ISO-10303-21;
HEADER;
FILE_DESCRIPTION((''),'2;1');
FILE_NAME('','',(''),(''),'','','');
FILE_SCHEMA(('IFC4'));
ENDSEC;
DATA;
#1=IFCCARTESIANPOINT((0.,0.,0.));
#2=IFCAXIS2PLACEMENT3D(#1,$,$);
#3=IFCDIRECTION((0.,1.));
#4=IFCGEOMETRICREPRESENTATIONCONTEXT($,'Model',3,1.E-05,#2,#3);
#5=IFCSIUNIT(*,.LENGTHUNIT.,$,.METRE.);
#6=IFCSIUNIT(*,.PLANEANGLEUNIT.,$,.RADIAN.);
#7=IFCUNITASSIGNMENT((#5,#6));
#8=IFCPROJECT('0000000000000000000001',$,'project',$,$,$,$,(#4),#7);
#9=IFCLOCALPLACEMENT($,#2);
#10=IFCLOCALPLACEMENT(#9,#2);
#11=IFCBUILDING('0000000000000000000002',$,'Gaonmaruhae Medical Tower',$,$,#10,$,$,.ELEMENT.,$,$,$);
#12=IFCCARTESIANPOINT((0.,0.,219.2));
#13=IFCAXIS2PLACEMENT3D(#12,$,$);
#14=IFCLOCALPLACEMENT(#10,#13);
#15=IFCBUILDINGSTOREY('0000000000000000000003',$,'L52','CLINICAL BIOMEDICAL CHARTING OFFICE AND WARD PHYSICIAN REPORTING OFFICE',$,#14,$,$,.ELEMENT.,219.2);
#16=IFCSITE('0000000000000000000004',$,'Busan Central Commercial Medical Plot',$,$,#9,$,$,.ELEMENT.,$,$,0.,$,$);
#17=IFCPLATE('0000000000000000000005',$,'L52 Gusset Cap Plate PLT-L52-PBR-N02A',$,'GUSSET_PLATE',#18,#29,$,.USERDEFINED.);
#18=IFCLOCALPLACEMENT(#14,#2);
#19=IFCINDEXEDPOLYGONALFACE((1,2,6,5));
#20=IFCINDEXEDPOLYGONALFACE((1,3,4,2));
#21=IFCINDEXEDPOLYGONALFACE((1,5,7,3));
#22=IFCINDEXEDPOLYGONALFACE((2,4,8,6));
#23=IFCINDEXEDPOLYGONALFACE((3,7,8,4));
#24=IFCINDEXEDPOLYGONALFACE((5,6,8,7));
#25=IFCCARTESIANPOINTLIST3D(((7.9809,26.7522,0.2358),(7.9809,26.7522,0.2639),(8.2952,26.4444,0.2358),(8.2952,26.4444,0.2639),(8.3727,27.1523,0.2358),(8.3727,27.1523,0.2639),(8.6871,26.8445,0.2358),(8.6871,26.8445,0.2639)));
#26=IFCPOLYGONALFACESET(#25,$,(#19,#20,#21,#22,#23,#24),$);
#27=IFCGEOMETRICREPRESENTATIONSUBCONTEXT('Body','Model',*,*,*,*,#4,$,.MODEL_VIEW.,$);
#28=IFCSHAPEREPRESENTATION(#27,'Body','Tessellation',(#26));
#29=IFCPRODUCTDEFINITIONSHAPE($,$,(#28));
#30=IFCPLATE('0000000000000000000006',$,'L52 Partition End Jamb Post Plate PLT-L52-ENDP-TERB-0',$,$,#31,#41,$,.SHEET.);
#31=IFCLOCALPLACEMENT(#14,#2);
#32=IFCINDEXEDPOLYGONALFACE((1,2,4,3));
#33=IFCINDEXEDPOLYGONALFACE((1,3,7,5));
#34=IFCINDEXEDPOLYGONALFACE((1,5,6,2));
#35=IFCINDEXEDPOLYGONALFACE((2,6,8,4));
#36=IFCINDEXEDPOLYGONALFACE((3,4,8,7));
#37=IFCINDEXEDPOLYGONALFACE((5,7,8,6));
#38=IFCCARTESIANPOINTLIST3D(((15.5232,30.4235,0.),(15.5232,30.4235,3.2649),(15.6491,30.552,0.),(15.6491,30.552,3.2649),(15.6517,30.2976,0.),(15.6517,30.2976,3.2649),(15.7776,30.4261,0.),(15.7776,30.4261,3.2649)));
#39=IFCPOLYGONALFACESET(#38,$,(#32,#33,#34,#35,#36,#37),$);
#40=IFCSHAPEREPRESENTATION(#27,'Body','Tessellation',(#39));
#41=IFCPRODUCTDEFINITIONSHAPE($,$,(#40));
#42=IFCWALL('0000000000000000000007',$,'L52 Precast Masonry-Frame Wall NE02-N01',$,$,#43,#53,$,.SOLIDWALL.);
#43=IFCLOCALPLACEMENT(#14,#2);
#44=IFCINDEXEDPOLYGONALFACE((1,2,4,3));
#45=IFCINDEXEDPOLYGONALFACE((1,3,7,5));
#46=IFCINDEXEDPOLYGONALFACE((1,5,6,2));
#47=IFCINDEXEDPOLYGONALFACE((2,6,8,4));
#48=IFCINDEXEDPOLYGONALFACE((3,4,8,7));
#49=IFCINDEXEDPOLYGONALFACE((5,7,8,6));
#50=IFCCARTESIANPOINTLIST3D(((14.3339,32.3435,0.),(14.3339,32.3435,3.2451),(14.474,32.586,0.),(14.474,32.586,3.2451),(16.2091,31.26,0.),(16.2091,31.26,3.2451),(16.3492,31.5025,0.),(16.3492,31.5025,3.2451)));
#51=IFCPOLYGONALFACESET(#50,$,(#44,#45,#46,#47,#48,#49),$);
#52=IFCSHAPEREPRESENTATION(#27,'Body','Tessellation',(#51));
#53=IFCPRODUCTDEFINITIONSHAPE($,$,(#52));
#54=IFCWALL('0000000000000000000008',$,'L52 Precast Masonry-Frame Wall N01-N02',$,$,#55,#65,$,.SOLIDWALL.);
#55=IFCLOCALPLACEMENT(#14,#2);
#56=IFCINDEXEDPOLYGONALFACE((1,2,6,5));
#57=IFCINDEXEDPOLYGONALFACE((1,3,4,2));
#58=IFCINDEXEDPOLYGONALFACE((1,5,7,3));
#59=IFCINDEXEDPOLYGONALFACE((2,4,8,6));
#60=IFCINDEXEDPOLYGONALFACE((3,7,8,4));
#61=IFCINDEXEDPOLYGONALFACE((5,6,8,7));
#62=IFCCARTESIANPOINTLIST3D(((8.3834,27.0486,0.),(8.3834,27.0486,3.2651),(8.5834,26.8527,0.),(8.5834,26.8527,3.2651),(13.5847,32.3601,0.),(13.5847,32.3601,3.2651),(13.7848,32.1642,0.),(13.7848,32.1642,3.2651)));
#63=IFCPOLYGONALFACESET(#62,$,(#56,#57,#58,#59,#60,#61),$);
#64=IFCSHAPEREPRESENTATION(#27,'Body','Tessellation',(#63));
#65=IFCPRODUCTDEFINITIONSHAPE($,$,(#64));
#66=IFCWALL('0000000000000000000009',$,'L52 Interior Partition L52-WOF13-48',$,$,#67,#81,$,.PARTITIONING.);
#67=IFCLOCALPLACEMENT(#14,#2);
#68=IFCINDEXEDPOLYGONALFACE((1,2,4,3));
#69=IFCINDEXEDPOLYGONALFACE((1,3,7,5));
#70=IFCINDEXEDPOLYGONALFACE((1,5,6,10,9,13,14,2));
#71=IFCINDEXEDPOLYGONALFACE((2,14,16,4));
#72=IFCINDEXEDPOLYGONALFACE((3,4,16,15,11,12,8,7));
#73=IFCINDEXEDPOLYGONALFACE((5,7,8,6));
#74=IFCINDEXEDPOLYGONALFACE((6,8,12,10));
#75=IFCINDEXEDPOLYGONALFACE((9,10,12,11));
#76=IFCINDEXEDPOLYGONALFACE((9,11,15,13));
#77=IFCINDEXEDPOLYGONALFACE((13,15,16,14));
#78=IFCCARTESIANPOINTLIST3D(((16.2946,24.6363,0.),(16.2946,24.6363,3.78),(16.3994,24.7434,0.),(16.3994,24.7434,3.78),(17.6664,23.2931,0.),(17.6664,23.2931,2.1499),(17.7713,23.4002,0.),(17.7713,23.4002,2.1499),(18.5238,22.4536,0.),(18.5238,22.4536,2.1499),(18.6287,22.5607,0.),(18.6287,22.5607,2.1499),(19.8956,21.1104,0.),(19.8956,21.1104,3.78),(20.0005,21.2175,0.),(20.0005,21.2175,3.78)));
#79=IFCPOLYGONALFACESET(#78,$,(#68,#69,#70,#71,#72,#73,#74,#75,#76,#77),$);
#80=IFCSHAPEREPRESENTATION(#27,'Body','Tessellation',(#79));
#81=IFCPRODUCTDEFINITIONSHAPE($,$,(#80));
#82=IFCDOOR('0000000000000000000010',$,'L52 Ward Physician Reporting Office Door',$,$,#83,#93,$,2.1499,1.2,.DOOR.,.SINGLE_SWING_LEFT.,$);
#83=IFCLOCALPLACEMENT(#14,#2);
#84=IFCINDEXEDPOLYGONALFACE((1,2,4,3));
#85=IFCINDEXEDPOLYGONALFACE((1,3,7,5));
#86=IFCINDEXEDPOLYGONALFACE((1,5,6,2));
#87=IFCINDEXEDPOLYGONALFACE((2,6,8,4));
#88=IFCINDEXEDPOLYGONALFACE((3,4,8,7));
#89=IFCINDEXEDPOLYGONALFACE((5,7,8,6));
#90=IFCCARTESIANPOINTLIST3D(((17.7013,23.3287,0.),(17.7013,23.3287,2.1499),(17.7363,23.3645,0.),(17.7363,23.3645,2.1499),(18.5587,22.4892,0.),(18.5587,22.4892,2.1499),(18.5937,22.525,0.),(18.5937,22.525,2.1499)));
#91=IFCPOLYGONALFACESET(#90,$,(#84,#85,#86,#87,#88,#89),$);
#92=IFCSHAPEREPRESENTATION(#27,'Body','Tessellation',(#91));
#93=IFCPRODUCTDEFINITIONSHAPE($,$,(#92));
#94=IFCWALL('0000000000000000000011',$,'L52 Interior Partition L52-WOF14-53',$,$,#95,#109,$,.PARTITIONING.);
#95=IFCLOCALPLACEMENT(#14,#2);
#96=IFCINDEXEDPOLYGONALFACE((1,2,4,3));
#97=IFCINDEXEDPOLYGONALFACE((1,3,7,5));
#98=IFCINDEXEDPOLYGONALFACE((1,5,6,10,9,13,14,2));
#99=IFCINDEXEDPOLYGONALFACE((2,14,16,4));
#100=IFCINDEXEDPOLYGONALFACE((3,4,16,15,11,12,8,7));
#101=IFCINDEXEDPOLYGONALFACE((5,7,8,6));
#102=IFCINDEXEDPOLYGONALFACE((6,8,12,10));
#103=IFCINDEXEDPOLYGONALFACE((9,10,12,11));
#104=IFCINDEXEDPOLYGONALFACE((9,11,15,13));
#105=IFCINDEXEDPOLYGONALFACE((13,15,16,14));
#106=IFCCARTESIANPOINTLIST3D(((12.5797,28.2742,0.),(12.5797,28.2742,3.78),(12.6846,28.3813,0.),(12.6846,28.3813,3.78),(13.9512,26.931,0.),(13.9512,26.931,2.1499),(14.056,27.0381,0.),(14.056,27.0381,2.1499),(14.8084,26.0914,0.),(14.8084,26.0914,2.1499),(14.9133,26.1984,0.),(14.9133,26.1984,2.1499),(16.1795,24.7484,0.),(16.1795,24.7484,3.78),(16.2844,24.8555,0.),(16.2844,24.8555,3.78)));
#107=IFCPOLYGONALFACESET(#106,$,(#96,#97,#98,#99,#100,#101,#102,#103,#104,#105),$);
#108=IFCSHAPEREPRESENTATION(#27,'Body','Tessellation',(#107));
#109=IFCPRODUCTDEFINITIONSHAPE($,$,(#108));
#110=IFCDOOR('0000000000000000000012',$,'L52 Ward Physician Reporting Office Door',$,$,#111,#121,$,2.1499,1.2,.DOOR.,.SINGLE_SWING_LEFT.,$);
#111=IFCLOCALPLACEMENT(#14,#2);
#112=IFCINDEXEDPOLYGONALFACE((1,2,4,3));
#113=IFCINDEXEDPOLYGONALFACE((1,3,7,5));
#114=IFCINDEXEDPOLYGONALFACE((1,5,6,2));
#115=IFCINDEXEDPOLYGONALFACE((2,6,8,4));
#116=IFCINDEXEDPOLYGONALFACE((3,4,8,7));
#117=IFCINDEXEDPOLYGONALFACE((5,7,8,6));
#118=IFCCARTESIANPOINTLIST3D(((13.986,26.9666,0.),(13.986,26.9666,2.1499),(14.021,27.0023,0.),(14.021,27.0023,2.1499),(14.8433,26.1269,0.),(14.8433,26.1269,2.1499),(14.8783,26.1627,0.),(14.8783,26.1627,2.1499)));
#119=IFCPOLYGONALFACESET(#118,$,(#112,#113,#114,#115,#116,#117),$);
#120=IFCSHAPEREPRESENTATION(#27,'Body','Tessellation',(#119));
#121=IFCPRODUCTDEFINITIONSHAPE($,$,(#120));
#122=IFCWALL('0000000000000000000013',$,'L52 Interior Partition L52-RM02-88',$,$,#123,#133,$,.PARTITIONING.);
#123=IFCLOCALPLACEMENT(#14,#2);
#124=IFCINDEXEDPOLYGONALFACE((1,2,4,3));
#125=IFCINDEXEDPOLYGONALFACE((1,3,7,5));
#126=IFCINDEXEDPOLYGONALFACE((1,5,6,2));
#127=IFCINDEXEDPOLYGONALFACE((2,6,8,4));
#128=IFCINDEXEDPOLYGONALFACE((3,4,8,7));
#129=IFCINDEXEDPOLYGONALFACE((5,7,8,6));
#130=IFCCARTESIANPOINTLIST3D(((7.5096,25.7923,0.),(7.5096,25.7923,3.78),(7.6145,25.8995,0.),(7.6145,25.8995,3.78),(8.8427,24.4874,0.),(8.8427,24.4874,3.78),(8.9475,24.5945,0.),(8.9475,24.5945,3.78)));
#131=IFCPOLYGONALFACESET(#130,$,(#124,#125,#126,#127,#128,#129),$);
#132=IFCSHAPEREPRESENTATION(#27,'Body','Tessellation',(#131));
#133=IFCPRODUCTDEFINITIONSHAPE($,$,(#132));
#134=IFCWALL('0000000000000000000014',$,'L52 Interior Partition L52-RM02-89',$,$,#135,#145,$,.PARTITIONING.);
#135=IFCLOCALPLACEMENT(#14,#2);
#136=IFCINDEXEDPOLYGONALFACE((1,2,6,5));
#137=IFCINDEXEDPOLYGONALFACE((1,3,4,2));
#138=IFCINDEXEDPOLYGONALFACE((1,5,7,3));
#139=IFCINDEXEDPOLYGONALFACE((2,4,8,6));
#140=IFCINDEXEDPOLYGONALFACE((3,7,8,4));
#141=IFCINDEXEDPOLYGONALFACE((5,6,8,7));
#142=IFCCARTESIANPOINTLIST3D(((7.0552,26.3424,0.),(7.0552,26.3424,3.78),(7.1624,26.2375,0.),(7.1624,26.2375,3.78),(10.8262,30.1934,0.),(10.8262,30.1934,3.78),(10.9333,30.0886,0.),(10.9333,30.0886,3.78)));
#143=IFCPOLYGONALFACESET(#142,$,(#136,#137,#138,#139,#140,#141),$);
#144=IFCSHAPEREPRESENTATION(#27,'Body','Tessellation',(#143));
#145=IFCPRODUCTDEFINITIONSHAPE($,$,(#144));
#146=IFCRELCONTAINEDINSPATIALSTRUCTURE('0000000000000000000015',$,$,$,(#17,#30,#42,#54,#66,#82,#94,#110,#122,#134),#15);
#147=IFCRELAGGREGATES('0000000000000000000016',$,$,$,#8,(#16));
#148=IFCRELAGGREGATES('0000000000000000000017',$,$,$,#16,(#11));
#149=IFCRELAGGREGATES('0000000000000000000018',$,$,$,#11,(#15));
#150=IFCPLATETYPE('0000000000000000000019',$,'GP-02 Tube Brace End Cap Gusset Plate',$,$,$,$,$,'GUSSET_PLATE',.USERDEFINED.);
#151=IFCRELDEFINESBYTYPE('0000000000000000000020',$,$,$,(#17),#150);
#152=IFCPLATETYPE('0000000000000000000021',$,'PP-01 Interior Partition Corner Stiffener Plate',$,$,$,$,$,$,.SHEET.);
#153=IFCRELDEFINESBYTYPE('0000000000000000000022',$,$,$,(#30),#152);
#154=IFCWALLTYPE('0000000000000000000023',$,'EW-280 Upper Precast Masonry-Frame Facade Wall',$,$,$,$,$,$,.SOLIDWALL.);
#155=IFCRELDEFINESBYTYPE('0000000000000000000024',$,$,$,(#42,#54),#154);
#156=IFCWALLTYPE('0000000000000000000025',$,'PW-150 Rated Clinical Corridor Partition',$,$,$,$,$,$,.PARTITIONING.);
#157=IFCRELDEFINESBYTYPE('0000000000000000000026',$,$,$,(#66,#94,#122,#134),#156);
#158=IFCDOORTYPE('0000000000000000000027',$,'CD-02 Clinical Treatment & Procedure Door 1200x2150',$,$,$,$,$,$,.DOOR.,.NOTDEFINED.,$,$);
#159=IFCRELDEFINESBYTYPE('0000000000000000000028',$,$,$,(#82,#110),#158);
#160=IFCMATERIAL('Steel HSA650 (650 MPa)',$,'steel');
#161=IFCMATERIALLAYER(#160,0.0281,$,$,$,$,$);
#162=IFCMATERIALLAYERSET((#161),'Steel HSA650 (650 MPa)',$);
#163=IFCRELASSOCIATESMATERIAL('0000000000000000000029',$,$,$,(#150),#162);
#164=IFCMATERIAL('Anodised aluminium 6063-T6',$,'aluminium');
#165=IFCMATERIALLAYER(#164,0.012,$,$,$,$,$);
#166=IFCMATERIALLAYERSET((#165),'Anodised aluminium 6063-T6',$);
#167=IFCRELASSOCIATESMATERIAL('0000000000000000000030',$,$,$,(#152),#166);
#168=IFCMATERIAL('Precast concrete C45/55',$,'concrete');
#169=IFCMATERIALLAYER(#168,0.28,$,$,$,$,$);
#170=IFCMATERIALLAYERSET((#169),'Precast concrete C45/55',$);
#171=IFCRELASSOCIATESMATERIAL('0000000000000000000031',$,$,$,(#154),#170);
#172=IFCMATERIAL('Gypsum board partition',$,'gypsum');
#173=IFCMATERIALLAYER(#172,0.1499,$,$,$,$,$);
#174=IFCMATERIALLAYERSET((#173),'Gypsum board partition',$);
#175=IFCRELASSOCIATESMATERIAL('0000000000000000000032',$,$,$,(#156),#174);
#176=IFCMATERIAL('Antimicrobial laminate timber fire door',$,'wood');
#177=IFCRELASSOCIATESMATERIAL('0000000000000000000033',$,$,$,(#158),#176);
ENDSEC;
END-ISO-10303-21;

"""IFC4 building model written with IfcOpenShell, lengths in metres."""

from ifc_helpers import new_model, si_unit, direction, frame, frame_2d, origin, origin_2d, place, context, subcontext, project, spatial, rectangle, extrude, material, layer, layer_set, type_object, element, fill, save


model = new_model("IFC4")

# Units and contexts
model_context = context("Model", 3, precision=1e-05, world=origin(), true_north=direction((0.0, 1.0)))
body_context = subcontext(model_context, "Body", "Model", "MODEL_VIEW")
ifc_project = project(units=[si_unit("LENGTHUNIT", "METRE"), si_unit("PLANEANGLEUNIT", "RADIAN")], contexts=[model_context])

# Site, building, storey
site_placement = place(None, origin())
site = spatial("IfcSite", under=ifc_project, at=site_placement, Name="Busan Central Commercial Medical Plot", CompositionType="ELEMENT", RefElevation=0.0)
building_placement = place(site_placement, origin())
building = spatial("IfcBuilding", under=site, at=building_placement, Name="Gaonmaruhae Medical Tower", CompositionType="ELEMENT")
storey_placement = place(building_placement, frame((0.0, 0.0, 219.2)))
storey = spatial("IfcBuildingStorey", under=building, at=storey_placement, Name="L52", Description="CLINICAL BIOMEDICAL CHARTING OFFICE AND WARD PHYSICIAN REPORTING OFFICE", CompositionType="ELEMENT", Elevation=219.2)

# Plates
ifc_material_1 = material(Name="Steel HSA650 (650 MPa)", Category="steel")
ifc_layer_1 = layer(ifc_material_1, 0.0281)
ifc_layer_set_1 = layer_set([ifc_layer_1], Name="Steel HSA650 (650 MPa)")
plate_type_1 = type_object("IfcPlateType", Name="GP-02 Tube Brace End Cap Gusset Plate", ElementType="GUSSET_PLATE", PredefinedType="USERDEFINED", material=ifc_layer_set_1)
plate_1_placement = place(storey_placement, frame((8.334, 26.7983, 0.2358), z_axis=(0.0, 0.0, 1.0), x_axis=(0.699663, 0.714473, 0.0)))
element("IfcPlate", 1, at=plate_1_placement, inside=storey, type_object=plate_type_1, Name="L52 Gusset Cap Plate PLT-L52-PBR-N02A", ObjectType="GUSSET_PLATE", PredefinedType="USERDEFINED", context=body_context, shape_type="SweptSolid", body=[
    extrude(rectangle(XDim=0.5601, YDim=0.4399, at=origin_2d()), origin(), (0.0, 0.0, 1.0), 0.0281),
])
ifc_material_2 = material(Name="Anodised aluminium 6063-T6", Category="aluminium")
ifc_layer_2 = layer(ifc_material_2, 0.012)
ifc_layer_set_2 = layer_set([ifc_layer_2], Name="Anodised aluminium 6063-T6")
plate_type_2 = type_object("IfcPlateType", Name="PP-01 Interior Partition Corner Stiffener Plate", PredefinedType="SHEET", material=ifc_layer_set_2)
plate_2_placement = place(storey_placement, frame((15.6504, 30.4248, 0.0), z_axis=(0.0, 0.0, 1.0), x_axis=(0.714473, -0.699663, 0.0)))
element("IfcPlate", 2, at=plate_2_placement, inside=storey, type_object=plate_type_2, Name="L52 Partition End Jamb Post Plate PLT-L52-ENDP-TERB-0", PredefinedType="SHEET", context=body_context, shape_type="SweptSolid", body=[
    extrude(rectangle(XDim=0.1799, YDim=0.1799, at=origin_2d()), origin(), (0.0, 0.0, 1.0), 3.2649),
])

# Shared definitions
ifc_material_3 = material(Name="Precast concrete C45/55", Category="concrete")

# Walls
ifc_layer_3 = layer(ifc_material_3, 0.28)
ifc_layer_set_3 = layer_set([ifc_layer_3], Name="Precast concrete C45/55")
wall_type_1 = type_object("IfcWallType", Name="EW-280 Upper Precast Masonry-Frame Facade Wall", PredefinedType="SOLIDWALL", material=ifc_layer_set_3)
wall_1_placement = place(storey_placement, frame((14.4038, 32.4648, 0.0), z_axis=(0.0, 0.0, 1.0), x_axis=(0.865861, -0.500285, 0.0)))
element("IfcWall", 3, at=wall_1_placement, inside=storey, type_object=wall_type_1, Name="L52 Precast Masonry-Frame Wall NE02-N01", PredefinedType="SOLIDWALL", context=body_context, shape_type="SweptSolid", body=[
    extrude(rectangle(XDim=2.1658, YDim=0.28, at=frame_2d((1.083, 0.0))), origin(), (0.0, 0.0, 1.0), 3.2451),
])
wall_2_placement = place(storey_placement, frame((8.4834, 26.9507, 0.0), z_axis=(0.0, 0.0, 1.0), x_axis=(0.699663, 0.714473, 0.0)))
element("IfcWall", 4, at=wall_2_placement, inside=storey, type_object=wall_type_1, Name="L52 Precast Masonry-Frame Wall N01-N02", PredefinedType="SOLIDWALL", context=body_context, shape_type="SweptSolid", body=[
    extrude(rectangle(XDim=7.4341, YDim=0.28, at=frame_2d((3.717, 0.0))), origin(), (0.0, 0.0, 1.0), 3.2651),
])

# Walls, openings, doors
ifc_material_4 = material(Name="Gypsum board partition", Category="gypsum")
ifc_layer_4 = layer(ifc_material_4, 0.1499)
ifc_layer_set_4 = layer_set([ifc_layer_4], Name="Gypsum board partition")
wall_type_2 = type_object("IfcWallType", Name="PW-150 Rated Clinical Corridor Partition", PredefinedType="PARTITIONING", material=ifc_layer_set_4)
wall_3_placement = place(storey_placement, frame((16.3469, 24.6899, 0.0), z_axis=(0.0, 0.0, 1.0), x_axis=(0.714528, -0.699607, 0.0)))
wall_3 = element("IfcWall", 5, at=wall_3_placement, inside=storey, type_object=wall_type_2, Name="L52 Interior Partition L52-WOF13-48", PredefinedType="PARTITIONING", context=body_context, shape_type="SweptSolid", body=[
    extrude(rectangle(XDim=5.0398, YDim=0.1499, at=frame_2d((2.52, 0.0))), origin(), (0.0, 0.0, 1.0), 3.78),
])
opening_1_placement = place(wall_3_placement, frame((1.9199, 0.0, 0.0)))
opening_1 = element("IfcOpeningElement", 6, at=opening_1_placement, cuts=wall_3, PredefinedType="OPENING", context=body_context, shape_type="SweptSolid", body=[
    extrude(rectangle(XDim=1.2, YDim=2.1499, at=frame_2d((0.6001, 1.075))), frame((0.0, 0.085, 0.0), z_axis=(0.0, -1.0, 0.0), x_axis=(1.0, 0.0, 0.0)), (0.0, 0.0, 1.0), 0.1699),
])
ifc_material_5 = material(Name="Antimicrobial laminate timber fire door", Category="wood")
door_type_1 = type_object("IfcDoorType", Name="CD-02 Clinical Treatment & Procedure Door 1200x2150", OperationType="NOTDEFINED", PredefinedType="DOOR", material=ifc_material_5)
door_1_placement = place(opening_1_placement, origin())
door_1 = element("IfcDoor", 7, at=door_1_placement, inside=storey, type_object=door_type_1, Name="L52 Ward Physician Reporting Office Door", OperationType="SINGLE_SWING_LEFT", OverallHeight=2.1499, OverallWidth=1.2, PredefinedType="DOOR", context=body_context, shape_type="SweptSolid", body=[
    extrude(rectangle(XDim=1.2, YDim=2.1499, at=frame_2d((0.6001, 1.075))), frame((0.0, 0.0249, 0.0), z_axis=(0.0, -1.0, 0.0), x_axis=(1.0, 0.0, 0.0)), (0.0, 0.0, 1.0), 0.05),
])
fill(opening_1, door_1)
wall_4_placement = place(storey_placement, frame((12.6321, 28.3279, 0.0), z_axis=(0.0, 0.0, 1.0), x_axis=(0.714409, -0.699728, 0.0)))
wall_4 = element("IfcWall", 8, at=wall_4_placement, inside=storey, type_object=wall_type_2, Name="L52 Interior Partition L52-WOF14-53", PredefinedType="PARTITIONING", context=body_context, shape_type="SweptSolid", body=[
    extrude(rectangle(XDim=5.0388, YDim=0.1499, at=frame_2d((2.5195, 0.0))), origin(), (0.0, 0.0, 1.0), 3.78),
])
opening_2_placement = place(wall_4_placement, frame((1.9197, 0.0, 0.0)))
opening_2 = element("IfcOpeningElement", 9, at=opening_2_placement, cuts=wall_4, PredefinedType="OPENING", context=body_context, shape_type="SweptSolid", body=[
    extrude(rectangle(XDim=1.2, YDim=2.1499, at=frame_2d((0.6001, 1.075))), frame((0.0, 0.085, 0.0), z_axis=(0.0, -1.0, 0.0), x_axis=(1.0, 0.0, 0.0)), (0.0, 0.0, 1.0), 0.1699),
])
door_2_placement = place(opening_2_placement, origin())
door_2 = element("IfcDoor", 10, at=door_2_placement, inside=storey, type_object=door_type_1, Name="L52 Ward Physician Reporting Office Door", OperationType="SINGLE_SWING_LEFT", OverallHeight=2.1499, OverallWidth=1.2, PredefinedType="DOOR", context=body_context, shape_type="SweptSolid", body=[
    extrude(rectangle(XDim=1.2, YDim=2.1499, at=frame_2d((0.6001, 1.075))), frame((0.0, 0.0249, 0.0), z_axis=(0.0, -1.0, 0.0), x_axis=(1.0, 0.0, 0.0)), (0.0, 0.0, 1.0), 0.05),
])
fill(opening_2, door_2)

# Walls
wall_5_placement = place(storey_placement, frame((8.895, 24.541, 0.0), z_axis=(0.0, 0.0, 1.0), x_axis=(-0.714592, 0.699541, 0.0)))
element("IfcWall", 11, at=wall_5_placement, inside=storey, type_object=wall_type_2, Name="L52 Interior Partition L52-RM02-88", PredefinedType="PARTITIONING", context=body_context, shape_type="SweptSolid", body=[
    extrude(rectangle(XDim=1.8655, YDim=0.1499, at=frame_2d((0.9326, 0.0))), origin(), (0.0, 0.0, 1.0), 3.78),
])
wall_6_placement = place(storey_placement, frame((7.1089, 26.29, 0.0), z_axis=(0.0, 0.0, 1.0), x_axis=(0.699639, 0.714496, 0.0)))
element("IfcWall", 12, at=wall_6_placement, inside=storey, type_object=wall_type_2, Name="L52 Interior Partition L52-RM02-89", PredefinedType="PARTITIONING", context=body_context, shape_type="SweptSolid", body=[
    extrude(rectangle(XDim=5.3899, YDim=0.1499, at=frame_2d((2.6948, 0.0))), origin(), (0.0, 0.0, 1.0), 3.78),
])

save(model, "model.ifc")
